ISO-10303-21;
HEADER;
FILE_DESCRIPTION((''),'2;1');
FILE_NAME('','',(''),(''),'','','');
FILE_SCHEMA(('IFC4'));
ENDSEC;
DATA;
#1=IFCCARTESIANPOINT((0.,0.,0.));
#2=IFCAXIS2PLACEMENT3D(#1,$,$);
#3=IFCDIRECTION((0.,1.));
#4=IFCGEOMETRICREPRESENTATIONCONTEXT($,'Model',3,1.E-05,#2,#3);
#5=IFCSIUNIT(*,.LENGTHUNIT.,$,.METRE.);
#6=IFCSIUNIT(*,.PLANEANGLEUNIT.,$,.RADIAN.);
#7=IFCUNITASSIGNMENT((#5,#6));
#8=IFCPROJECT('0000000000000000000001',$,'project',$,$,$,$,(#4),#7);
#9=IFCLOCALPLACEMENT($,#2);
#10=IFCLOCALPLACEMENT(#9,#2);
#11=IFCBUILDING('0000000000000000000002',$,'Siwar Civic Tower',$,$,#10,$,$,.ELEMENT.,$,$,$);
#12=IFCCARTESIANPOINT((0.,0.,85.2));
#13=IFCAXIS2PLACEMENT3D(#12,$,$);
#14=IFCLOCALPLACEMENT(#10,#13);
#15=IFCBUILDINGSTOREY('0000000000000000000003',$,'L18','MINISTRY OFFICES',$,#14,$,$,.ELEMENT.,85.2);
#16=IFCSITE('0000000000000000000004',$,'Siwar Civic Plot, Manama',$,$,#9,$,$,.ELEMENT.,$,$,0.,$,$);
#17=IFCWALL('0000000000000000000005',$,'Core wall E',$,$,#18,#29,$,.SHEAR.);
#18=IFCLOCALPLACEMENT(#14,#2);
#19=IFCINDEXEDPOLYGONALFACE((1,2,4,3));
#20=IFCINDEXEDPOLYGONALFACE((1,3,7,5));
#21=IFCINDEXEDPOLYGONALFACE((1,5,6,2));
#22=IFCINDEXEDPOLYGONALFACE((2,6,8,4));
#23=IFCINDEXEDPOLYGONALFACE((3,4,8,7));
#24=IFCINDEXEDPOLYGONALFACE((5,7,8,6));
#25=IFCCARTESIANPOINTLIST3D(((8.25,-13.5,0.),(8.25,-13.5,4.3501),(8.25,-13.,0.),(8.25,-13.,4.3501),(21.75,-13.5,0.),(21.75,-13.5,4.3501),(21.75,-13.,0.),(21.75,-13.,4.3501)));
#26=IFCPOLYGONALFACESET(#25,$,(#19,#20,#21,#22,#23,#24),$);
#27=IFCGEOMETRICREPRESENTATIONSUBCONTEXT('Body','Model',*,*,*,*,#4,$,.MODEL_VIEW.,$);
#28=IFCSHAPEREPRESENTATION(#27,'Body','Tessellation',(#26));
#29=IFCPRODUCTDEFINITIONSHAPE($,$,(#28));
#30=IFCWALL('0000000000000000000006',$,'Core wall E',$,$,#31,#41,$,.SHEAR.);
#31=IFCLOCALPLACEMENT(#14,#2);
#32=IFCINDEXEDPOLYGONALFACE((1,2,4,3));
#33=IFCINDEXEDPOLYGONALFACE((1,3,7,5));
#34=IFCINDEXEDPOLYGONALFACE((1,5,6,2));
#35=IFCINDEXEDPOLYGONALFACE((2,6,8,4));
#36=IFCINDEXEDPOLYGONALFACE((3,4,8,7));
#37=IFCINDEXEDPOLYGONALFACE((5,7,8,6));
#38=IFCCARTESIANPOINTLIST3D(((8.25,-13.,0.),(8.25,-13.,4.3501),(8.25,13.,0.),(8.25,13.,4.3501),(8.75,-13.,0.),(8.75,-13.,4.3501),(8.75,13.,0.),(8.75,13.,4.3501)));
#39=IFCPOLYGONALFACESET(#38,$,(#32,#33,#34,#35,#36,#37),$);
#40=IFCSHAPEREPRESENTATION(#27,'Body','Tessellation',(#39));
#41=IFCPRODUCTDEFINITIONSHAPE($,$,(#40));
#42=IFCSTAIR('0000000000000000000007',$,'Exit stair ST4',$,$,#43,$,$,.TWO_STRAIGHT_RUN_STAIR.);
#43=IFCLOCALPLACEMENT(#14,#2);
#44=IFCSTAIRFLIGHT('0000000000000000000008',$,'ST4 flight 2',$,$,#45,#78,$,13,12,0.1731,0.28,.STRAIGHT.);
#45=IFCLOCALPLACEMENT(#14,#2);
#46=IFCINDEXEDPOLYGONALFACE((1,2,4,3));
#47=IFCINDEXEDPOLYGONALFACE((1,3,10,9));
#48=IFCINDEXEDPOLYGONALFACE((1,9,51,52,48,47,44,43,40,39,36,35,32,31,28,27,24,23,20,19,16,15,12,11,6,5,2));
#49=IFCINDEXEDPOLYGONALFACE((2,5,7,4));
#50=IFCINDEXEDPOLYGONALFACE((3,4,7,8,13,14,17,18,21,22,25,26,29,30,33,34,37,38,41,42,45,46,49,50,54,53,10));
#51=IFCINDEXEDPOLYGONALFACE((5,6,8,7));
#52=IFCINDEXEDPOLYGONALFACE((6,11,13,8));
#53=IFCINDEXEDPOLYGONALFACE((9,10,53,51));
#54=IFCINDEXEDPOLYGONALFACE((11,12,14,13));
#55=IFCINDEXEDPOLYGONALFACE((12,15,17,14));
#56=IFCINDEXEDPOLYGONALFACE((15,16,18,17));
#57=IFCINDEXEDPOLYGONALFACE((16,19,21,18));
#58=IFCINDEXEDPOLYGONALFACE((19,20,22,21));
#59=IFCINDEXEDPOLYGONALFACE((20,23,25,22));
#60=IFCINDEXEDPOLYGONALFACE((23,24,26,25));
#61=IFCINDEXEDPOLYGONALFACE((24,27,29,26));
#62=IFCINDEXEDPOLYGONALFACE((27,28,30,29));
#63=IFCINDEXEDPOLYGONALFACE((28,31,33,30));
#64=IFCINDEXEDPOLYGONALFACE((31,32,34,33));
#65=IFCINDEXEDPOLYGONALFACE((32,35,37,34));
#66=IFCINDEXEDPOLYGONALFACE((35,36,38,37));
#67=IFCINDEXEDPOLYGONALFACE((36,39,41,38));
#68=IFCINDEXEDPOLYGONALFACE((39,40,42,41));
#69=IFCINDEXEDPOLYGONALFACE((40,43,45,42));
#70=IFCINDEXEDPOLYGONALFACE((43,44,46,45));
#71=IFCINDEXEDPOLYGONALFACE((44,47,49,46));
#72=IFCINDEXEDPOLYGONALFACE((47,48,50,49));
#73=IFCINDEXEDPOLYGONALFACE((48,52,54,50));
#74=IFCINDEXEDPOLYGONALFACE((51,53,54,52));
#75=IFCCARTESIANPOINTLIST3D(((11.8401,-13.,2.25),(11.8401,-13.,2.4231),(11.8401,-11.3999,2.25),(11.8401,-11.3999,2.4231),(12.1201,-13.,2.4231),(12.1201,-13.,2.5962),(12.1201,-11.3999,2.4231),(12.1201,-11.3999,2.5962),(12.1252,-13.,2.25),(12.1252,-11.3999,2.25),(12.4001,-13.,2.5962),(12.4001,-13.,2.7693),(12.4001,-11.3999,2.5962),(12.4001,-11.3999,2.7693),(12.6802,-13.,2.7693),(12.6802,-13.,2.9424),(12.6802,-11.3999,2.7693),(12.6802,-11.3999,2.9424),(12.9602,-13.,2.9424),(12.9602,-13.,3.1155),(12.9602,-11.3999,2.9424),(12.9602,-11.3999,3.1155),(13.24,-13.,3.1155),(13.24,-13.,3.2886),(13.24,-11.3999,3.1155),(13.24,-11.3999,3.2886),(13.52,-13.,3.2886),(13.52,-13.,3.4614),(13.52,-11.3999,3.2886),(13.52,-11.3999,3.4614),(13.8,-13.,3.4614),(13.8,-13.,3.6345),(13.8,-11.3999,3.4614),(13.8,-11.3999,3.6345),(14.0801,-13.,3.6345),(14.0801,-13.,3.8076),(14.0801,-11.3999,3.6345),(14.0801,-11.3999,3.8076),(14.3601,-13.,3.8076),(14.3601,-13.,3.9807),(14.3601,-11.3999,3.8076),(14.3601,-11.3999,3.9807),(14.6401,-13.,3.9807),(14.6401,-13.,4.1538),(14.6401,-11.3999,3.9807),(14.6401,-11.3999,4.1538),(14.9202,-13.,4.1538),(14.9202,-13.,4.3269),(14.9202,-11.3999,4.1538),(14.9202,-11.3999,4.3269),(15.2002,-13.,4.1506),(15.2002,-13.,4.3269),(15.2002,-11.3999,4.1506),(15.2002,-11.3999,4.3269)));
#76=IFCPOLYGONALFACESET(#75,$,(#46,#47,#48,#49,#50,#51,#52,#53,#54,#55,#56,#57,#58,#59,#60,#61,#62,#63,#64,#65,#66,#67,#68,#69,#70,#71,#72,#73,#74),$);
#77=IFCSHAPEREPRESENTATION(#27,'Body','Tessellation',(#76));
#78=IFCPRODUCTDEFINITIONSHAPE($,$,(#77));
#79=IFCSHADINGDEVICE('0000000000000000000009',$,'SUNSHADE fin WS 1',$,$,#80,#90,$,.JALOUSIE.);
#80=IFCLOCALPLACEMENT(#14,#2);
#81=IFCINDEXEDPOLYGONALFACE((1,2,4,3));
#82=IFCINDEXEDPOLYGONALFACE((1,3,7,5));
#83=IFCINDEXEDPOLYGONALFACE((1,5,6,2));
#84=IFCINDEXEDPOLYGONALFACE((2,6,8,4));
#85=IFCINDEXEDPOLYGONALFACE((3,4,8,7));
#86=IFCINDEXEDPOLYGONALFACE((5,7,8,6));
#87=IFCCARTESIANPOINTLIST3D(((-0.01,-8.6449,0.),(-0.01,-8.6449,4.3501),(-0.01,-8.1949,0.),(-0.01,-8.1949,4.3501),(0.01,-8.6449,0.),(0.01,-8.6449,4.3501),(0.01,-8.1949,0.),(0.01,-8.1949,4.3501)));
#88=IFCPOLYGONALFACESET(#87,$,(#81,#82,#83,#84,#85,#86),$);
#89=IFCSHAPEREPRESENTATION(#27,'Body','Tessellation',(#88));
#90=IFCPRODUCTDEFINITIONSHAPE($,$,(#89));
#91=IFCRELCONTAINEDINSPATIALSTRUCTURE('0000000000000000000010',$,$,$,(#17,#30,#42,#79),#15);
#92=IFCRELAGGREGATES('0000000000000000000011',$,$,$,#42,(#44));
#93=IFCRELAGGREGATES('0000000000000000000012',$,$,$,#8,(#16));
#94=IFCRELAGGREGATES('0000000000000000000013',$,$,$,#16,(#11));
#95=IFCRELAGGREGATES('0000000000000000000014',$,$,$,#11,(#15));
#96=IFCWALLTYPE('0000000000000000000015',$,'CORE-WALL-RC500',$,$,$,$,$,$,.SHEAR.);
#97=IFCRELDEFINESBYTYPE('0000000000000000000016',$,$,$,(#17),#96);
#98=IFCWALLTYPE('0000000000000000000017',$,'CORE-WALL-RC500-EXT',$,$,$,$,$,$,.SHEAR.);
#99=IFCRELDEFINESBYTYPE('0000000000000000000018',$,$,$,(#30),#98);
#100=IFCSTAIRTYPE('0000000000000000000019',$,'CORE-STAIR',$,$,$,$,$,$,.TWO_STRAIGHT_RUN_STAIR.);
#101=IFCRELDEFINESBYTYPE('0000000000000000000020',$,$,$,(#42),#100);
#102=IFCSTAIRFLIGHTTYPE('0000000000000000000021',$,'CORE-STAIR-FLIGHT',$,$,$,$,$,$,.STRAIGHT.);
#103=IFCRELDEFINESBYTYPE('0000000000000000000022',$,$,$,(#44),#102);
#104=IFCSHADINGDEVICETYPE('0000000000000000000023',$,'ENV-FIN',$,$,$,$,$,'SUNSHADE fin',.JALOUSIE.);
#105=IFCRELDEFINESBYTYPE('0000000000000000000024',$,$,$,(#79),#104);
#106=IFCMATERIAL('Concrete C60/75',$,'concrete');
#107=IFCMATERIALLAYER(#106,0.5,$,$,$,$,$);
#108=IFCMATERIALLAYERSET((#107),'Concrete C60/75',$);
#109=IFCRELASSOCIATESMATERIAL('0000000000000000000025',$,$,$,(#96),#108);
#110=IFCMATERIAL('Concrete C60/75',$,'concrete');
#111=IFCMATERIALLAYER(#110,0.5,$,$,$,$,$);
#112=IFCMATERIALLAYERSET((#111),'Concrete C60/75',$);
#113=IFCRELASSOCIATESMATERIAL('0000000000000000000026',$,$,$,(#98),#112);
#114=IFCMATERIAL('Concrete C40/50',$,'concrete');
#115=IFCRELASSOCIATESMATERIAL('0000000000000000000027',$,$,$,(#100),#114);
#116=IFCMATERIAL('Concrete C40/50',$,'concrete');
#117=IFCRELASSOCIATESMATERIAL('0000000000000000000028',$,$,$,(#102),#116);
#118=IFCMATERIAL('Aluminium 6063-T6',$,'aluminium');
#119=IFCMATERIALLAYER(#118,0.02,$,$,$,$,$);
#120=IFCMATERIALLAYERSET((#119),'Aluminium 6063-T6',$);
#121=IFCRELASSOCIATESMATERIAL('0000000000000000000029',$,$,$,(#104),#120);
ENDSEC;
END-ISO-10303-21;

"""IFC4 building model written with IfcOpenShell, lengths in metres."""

from ifc_helpers import new_model, si_unit, direction, frame, frame_2d, origin, origin_2d, place, context, subcontext, project, spatial, polyline, rectangle, outline, extrude, material, layer, layer_set, type_object, element, aggregate, save


model = new_model("IFC4")

# Units and contexts
model_context = context("Model", 3, precision=1e-05, world=origin(), true_north=direction((0.0, 1.0)))
body_context = subcontext(model_context, "Body", "Model", "MODEL_VIEW")
ifc_project = project(units=[si_unit("LENGTHUNIT", "METRE"), si_unit("PLANEANGLEUNIT", "RADIAN")], contexts=[model_context])

# Site, building, storey
site_placement = place(None, origin())
site = spatial("IfcSite", under=ifc_project, at=site_placement, Name="Siwar Civic Plot, Manama", CompositionType="ELEMENT", RefElevation=0.0)
building_placement = place(site_placement, origin())
building = spatial("IfcBuilding", under=site, at=building_placement, Name="Siwar Civic Tower", CompositionType="ELEMENT")
storey_placement = place(building_placement, frame((0.0, 0.0, 85.2)))
storey = spatial("IfcBuildingStorey", under=building, at=storey_placement, Name="L18", Description="MINISTRY OFFICES", CompositionType="ELEMENT", Elevation=85.2)

# Walls
ifc_material_1 = material(Name="Concrete C60/75", Category="concrete")
ifc_layer_1 = layer(ifc_material_1, 0.5)
ifc_layer_set_1 = layer_set([ifc_layer_1], Name="Concrete C60/75")
wall_type_1 = type_object("IfcWallType", Name="CORE-WALL-RC500", PredefinedType="SHEAR", material=ifc_layer_set_1)
wall_1_placement = place(storey_placement, frame((8.25, -13.25, 0.0), z_axis=(0.0, 0.0, 1.0), x_axis=(1.0, 0.0, 0.0)))
element("IfcWall", 1, at=wall_1_placement, inside=storey, type_object=wall_type_1, Name="Core wall E", PredefinedType="SHEAR", context=body_context, shape_type="SweptSolid", body=[
    extrude(rectangle(XDim=13.5, YDim=0.5, at=frame_2d((6.75, 0.0))), origin(), (0.0, 0.0, 1.0), 4.3501),
])
ifc_material_2 = material(Name="Concrete C60/75", Category="concrete")
ifc_layer_2 = layer(ifc_material_2, 0.5)
ifc_layer_set_2 = layer_set([ifc_layer_2], Name="Concrete C60/75")
wall_type_2 = type_object("IfcWallType", Name="CORE-WALL-RC500-EXT", PredefinedType="SHEAR", material=ifc_layer_set_2)
wall_2_placement = place(storey_placement, frame((8.5, -13.0, 0.0), z_axis=(0.0, 0.0, 1.0), x_axis=(0.0, 1.0, 0.0)))
element("IfcWall", 2, at=wall_2_placement, inside=storey, type_object=wall_type_2, Name="Core wall E", PredefinedType="SHEAR", context=body_context, shape_type="SweptSolid", body=[
    extrude(rectangle(XDim=26.0, YDim=0.5, at=frame_2d((13.0, 0.0))), origin(), (0.0, 0.0, 1.0), 4.3501),
])

# Stair, stair flight
ifc_material_3 = material(Name="Concrete C40/50", Category="concrete")
stair_type = type_object("IfcStairType", Name="CORE-STAIR", PredefinedType="TWO_STRAIGHT_RUN_STAIR", material=ifc_material_3)
stair_placement = place(storey_placement, origin())
stair = element("IfcStair", 3, at=stair_placement, inside=storey, type_object=stair_type, Name="Exit stair ST4", PredefinedType="TWO_STRAIGHT_RUN_STAIR")
ifc_material_4 = material(Name="Concrete C40/50", Category="concrete")
stair_flight_type = type_object("IfcStairFlightType", Name="CORE-STAIR-FLIGHT", PredefinedType="STRAIGHT", material=ifc_material_4)
stair_flight_placement = place(storey_placement, frame((11.8401, -12.2, 2.25), z_axis=(0.0, 0.0, 1.0), x_axis=(1.0, 0.0, 0.0)))
stair_flight = element("IfcStairFlight", 4, at=stair_flight_placement, type_object=stair_flight_type, Name="ST4 flight 2", NumberOfRisers=13, NumberOfTreads=12, PredefinedType="STRAIGHT", RiserHeight=0.1731, TreadLength=0.28, context=body_context, shape_type="SweptSolid", body=[
    extrude(outline(polyline([(0.0, 0.0), (0.0, 0.1731), (0.28, 0.1731), (0.28, 0.3462), (0.5601, 0.3462), (0.5601, 0.5193), (0.8401, 0.5193), (0.8401, 0.6924), (1.1201, 0.6924), (1.1201, 0.8655), (1.3999, 0.8655), (1.3999, 1.0386), (1.6799, 1.0386), (1.6799, 1.2114), (1.96, 1.2114), (1.96, 1.3845), (2.24, 1.3845), (2.24, 1.5576), (2.52, 1.5576), (2.52, 1.7307), (2.8, 1.7307), (2.8, 1.9038), (3.0801, 1.9038), (3.0801, 2.0769), (3.3601, 2.0769), (3.3601, 2.25), (3.3601, 1.9006), (0.2852, 0.0), (0.0, 0.0)])), frame((0.0, 0.8, 0.0), z_axis=(0.0, -1.0, 0.0), x_axis=(1.0, 0.0, 0.0)), (0.0, 0.0, 1.0), 1.6001),
])
aggregate(stair, [stair_flight])

# Shading device
ifc_material_5 = material(Name="Aluminium 6063-T6", Category="aluminium")
ifc_layer_3 = layer(ifc_material_5, 0.02)
ifc_layer_set_3 = layer_set([ifc_layer_3], Name="Aluminium 6063-T6")
shading_device_type = type_object("IfcShadingDeviceType", Name="ENV-FIN", ElementType="SUNSHADE fin", PredefinedType="JALOUSIE", material=ifc_layer_set_3)
shading_device_placement = place(storey_placement, frame((0.0, -8.4199, 0.0), z_axis=(0.0, 0.0, 1.0), x_axis=(1.0, 0.0, 0.0)))
element("IfcShadingDevice", 5, at=shading_device_placement, inside=storey, type_object=shading_device_type, Name="SUNSHADE fin WS 1", PredefinedType="JALOUSIE", context=body_context, shape_type="SweptSolid", body=[
    extrude(rectangle(XDim=0.02, YDim=0.45, at=origin_2d()), origin(), (0.0, 0.0, 1.0), 4.3501),
])

save(model, "model.ifc")
